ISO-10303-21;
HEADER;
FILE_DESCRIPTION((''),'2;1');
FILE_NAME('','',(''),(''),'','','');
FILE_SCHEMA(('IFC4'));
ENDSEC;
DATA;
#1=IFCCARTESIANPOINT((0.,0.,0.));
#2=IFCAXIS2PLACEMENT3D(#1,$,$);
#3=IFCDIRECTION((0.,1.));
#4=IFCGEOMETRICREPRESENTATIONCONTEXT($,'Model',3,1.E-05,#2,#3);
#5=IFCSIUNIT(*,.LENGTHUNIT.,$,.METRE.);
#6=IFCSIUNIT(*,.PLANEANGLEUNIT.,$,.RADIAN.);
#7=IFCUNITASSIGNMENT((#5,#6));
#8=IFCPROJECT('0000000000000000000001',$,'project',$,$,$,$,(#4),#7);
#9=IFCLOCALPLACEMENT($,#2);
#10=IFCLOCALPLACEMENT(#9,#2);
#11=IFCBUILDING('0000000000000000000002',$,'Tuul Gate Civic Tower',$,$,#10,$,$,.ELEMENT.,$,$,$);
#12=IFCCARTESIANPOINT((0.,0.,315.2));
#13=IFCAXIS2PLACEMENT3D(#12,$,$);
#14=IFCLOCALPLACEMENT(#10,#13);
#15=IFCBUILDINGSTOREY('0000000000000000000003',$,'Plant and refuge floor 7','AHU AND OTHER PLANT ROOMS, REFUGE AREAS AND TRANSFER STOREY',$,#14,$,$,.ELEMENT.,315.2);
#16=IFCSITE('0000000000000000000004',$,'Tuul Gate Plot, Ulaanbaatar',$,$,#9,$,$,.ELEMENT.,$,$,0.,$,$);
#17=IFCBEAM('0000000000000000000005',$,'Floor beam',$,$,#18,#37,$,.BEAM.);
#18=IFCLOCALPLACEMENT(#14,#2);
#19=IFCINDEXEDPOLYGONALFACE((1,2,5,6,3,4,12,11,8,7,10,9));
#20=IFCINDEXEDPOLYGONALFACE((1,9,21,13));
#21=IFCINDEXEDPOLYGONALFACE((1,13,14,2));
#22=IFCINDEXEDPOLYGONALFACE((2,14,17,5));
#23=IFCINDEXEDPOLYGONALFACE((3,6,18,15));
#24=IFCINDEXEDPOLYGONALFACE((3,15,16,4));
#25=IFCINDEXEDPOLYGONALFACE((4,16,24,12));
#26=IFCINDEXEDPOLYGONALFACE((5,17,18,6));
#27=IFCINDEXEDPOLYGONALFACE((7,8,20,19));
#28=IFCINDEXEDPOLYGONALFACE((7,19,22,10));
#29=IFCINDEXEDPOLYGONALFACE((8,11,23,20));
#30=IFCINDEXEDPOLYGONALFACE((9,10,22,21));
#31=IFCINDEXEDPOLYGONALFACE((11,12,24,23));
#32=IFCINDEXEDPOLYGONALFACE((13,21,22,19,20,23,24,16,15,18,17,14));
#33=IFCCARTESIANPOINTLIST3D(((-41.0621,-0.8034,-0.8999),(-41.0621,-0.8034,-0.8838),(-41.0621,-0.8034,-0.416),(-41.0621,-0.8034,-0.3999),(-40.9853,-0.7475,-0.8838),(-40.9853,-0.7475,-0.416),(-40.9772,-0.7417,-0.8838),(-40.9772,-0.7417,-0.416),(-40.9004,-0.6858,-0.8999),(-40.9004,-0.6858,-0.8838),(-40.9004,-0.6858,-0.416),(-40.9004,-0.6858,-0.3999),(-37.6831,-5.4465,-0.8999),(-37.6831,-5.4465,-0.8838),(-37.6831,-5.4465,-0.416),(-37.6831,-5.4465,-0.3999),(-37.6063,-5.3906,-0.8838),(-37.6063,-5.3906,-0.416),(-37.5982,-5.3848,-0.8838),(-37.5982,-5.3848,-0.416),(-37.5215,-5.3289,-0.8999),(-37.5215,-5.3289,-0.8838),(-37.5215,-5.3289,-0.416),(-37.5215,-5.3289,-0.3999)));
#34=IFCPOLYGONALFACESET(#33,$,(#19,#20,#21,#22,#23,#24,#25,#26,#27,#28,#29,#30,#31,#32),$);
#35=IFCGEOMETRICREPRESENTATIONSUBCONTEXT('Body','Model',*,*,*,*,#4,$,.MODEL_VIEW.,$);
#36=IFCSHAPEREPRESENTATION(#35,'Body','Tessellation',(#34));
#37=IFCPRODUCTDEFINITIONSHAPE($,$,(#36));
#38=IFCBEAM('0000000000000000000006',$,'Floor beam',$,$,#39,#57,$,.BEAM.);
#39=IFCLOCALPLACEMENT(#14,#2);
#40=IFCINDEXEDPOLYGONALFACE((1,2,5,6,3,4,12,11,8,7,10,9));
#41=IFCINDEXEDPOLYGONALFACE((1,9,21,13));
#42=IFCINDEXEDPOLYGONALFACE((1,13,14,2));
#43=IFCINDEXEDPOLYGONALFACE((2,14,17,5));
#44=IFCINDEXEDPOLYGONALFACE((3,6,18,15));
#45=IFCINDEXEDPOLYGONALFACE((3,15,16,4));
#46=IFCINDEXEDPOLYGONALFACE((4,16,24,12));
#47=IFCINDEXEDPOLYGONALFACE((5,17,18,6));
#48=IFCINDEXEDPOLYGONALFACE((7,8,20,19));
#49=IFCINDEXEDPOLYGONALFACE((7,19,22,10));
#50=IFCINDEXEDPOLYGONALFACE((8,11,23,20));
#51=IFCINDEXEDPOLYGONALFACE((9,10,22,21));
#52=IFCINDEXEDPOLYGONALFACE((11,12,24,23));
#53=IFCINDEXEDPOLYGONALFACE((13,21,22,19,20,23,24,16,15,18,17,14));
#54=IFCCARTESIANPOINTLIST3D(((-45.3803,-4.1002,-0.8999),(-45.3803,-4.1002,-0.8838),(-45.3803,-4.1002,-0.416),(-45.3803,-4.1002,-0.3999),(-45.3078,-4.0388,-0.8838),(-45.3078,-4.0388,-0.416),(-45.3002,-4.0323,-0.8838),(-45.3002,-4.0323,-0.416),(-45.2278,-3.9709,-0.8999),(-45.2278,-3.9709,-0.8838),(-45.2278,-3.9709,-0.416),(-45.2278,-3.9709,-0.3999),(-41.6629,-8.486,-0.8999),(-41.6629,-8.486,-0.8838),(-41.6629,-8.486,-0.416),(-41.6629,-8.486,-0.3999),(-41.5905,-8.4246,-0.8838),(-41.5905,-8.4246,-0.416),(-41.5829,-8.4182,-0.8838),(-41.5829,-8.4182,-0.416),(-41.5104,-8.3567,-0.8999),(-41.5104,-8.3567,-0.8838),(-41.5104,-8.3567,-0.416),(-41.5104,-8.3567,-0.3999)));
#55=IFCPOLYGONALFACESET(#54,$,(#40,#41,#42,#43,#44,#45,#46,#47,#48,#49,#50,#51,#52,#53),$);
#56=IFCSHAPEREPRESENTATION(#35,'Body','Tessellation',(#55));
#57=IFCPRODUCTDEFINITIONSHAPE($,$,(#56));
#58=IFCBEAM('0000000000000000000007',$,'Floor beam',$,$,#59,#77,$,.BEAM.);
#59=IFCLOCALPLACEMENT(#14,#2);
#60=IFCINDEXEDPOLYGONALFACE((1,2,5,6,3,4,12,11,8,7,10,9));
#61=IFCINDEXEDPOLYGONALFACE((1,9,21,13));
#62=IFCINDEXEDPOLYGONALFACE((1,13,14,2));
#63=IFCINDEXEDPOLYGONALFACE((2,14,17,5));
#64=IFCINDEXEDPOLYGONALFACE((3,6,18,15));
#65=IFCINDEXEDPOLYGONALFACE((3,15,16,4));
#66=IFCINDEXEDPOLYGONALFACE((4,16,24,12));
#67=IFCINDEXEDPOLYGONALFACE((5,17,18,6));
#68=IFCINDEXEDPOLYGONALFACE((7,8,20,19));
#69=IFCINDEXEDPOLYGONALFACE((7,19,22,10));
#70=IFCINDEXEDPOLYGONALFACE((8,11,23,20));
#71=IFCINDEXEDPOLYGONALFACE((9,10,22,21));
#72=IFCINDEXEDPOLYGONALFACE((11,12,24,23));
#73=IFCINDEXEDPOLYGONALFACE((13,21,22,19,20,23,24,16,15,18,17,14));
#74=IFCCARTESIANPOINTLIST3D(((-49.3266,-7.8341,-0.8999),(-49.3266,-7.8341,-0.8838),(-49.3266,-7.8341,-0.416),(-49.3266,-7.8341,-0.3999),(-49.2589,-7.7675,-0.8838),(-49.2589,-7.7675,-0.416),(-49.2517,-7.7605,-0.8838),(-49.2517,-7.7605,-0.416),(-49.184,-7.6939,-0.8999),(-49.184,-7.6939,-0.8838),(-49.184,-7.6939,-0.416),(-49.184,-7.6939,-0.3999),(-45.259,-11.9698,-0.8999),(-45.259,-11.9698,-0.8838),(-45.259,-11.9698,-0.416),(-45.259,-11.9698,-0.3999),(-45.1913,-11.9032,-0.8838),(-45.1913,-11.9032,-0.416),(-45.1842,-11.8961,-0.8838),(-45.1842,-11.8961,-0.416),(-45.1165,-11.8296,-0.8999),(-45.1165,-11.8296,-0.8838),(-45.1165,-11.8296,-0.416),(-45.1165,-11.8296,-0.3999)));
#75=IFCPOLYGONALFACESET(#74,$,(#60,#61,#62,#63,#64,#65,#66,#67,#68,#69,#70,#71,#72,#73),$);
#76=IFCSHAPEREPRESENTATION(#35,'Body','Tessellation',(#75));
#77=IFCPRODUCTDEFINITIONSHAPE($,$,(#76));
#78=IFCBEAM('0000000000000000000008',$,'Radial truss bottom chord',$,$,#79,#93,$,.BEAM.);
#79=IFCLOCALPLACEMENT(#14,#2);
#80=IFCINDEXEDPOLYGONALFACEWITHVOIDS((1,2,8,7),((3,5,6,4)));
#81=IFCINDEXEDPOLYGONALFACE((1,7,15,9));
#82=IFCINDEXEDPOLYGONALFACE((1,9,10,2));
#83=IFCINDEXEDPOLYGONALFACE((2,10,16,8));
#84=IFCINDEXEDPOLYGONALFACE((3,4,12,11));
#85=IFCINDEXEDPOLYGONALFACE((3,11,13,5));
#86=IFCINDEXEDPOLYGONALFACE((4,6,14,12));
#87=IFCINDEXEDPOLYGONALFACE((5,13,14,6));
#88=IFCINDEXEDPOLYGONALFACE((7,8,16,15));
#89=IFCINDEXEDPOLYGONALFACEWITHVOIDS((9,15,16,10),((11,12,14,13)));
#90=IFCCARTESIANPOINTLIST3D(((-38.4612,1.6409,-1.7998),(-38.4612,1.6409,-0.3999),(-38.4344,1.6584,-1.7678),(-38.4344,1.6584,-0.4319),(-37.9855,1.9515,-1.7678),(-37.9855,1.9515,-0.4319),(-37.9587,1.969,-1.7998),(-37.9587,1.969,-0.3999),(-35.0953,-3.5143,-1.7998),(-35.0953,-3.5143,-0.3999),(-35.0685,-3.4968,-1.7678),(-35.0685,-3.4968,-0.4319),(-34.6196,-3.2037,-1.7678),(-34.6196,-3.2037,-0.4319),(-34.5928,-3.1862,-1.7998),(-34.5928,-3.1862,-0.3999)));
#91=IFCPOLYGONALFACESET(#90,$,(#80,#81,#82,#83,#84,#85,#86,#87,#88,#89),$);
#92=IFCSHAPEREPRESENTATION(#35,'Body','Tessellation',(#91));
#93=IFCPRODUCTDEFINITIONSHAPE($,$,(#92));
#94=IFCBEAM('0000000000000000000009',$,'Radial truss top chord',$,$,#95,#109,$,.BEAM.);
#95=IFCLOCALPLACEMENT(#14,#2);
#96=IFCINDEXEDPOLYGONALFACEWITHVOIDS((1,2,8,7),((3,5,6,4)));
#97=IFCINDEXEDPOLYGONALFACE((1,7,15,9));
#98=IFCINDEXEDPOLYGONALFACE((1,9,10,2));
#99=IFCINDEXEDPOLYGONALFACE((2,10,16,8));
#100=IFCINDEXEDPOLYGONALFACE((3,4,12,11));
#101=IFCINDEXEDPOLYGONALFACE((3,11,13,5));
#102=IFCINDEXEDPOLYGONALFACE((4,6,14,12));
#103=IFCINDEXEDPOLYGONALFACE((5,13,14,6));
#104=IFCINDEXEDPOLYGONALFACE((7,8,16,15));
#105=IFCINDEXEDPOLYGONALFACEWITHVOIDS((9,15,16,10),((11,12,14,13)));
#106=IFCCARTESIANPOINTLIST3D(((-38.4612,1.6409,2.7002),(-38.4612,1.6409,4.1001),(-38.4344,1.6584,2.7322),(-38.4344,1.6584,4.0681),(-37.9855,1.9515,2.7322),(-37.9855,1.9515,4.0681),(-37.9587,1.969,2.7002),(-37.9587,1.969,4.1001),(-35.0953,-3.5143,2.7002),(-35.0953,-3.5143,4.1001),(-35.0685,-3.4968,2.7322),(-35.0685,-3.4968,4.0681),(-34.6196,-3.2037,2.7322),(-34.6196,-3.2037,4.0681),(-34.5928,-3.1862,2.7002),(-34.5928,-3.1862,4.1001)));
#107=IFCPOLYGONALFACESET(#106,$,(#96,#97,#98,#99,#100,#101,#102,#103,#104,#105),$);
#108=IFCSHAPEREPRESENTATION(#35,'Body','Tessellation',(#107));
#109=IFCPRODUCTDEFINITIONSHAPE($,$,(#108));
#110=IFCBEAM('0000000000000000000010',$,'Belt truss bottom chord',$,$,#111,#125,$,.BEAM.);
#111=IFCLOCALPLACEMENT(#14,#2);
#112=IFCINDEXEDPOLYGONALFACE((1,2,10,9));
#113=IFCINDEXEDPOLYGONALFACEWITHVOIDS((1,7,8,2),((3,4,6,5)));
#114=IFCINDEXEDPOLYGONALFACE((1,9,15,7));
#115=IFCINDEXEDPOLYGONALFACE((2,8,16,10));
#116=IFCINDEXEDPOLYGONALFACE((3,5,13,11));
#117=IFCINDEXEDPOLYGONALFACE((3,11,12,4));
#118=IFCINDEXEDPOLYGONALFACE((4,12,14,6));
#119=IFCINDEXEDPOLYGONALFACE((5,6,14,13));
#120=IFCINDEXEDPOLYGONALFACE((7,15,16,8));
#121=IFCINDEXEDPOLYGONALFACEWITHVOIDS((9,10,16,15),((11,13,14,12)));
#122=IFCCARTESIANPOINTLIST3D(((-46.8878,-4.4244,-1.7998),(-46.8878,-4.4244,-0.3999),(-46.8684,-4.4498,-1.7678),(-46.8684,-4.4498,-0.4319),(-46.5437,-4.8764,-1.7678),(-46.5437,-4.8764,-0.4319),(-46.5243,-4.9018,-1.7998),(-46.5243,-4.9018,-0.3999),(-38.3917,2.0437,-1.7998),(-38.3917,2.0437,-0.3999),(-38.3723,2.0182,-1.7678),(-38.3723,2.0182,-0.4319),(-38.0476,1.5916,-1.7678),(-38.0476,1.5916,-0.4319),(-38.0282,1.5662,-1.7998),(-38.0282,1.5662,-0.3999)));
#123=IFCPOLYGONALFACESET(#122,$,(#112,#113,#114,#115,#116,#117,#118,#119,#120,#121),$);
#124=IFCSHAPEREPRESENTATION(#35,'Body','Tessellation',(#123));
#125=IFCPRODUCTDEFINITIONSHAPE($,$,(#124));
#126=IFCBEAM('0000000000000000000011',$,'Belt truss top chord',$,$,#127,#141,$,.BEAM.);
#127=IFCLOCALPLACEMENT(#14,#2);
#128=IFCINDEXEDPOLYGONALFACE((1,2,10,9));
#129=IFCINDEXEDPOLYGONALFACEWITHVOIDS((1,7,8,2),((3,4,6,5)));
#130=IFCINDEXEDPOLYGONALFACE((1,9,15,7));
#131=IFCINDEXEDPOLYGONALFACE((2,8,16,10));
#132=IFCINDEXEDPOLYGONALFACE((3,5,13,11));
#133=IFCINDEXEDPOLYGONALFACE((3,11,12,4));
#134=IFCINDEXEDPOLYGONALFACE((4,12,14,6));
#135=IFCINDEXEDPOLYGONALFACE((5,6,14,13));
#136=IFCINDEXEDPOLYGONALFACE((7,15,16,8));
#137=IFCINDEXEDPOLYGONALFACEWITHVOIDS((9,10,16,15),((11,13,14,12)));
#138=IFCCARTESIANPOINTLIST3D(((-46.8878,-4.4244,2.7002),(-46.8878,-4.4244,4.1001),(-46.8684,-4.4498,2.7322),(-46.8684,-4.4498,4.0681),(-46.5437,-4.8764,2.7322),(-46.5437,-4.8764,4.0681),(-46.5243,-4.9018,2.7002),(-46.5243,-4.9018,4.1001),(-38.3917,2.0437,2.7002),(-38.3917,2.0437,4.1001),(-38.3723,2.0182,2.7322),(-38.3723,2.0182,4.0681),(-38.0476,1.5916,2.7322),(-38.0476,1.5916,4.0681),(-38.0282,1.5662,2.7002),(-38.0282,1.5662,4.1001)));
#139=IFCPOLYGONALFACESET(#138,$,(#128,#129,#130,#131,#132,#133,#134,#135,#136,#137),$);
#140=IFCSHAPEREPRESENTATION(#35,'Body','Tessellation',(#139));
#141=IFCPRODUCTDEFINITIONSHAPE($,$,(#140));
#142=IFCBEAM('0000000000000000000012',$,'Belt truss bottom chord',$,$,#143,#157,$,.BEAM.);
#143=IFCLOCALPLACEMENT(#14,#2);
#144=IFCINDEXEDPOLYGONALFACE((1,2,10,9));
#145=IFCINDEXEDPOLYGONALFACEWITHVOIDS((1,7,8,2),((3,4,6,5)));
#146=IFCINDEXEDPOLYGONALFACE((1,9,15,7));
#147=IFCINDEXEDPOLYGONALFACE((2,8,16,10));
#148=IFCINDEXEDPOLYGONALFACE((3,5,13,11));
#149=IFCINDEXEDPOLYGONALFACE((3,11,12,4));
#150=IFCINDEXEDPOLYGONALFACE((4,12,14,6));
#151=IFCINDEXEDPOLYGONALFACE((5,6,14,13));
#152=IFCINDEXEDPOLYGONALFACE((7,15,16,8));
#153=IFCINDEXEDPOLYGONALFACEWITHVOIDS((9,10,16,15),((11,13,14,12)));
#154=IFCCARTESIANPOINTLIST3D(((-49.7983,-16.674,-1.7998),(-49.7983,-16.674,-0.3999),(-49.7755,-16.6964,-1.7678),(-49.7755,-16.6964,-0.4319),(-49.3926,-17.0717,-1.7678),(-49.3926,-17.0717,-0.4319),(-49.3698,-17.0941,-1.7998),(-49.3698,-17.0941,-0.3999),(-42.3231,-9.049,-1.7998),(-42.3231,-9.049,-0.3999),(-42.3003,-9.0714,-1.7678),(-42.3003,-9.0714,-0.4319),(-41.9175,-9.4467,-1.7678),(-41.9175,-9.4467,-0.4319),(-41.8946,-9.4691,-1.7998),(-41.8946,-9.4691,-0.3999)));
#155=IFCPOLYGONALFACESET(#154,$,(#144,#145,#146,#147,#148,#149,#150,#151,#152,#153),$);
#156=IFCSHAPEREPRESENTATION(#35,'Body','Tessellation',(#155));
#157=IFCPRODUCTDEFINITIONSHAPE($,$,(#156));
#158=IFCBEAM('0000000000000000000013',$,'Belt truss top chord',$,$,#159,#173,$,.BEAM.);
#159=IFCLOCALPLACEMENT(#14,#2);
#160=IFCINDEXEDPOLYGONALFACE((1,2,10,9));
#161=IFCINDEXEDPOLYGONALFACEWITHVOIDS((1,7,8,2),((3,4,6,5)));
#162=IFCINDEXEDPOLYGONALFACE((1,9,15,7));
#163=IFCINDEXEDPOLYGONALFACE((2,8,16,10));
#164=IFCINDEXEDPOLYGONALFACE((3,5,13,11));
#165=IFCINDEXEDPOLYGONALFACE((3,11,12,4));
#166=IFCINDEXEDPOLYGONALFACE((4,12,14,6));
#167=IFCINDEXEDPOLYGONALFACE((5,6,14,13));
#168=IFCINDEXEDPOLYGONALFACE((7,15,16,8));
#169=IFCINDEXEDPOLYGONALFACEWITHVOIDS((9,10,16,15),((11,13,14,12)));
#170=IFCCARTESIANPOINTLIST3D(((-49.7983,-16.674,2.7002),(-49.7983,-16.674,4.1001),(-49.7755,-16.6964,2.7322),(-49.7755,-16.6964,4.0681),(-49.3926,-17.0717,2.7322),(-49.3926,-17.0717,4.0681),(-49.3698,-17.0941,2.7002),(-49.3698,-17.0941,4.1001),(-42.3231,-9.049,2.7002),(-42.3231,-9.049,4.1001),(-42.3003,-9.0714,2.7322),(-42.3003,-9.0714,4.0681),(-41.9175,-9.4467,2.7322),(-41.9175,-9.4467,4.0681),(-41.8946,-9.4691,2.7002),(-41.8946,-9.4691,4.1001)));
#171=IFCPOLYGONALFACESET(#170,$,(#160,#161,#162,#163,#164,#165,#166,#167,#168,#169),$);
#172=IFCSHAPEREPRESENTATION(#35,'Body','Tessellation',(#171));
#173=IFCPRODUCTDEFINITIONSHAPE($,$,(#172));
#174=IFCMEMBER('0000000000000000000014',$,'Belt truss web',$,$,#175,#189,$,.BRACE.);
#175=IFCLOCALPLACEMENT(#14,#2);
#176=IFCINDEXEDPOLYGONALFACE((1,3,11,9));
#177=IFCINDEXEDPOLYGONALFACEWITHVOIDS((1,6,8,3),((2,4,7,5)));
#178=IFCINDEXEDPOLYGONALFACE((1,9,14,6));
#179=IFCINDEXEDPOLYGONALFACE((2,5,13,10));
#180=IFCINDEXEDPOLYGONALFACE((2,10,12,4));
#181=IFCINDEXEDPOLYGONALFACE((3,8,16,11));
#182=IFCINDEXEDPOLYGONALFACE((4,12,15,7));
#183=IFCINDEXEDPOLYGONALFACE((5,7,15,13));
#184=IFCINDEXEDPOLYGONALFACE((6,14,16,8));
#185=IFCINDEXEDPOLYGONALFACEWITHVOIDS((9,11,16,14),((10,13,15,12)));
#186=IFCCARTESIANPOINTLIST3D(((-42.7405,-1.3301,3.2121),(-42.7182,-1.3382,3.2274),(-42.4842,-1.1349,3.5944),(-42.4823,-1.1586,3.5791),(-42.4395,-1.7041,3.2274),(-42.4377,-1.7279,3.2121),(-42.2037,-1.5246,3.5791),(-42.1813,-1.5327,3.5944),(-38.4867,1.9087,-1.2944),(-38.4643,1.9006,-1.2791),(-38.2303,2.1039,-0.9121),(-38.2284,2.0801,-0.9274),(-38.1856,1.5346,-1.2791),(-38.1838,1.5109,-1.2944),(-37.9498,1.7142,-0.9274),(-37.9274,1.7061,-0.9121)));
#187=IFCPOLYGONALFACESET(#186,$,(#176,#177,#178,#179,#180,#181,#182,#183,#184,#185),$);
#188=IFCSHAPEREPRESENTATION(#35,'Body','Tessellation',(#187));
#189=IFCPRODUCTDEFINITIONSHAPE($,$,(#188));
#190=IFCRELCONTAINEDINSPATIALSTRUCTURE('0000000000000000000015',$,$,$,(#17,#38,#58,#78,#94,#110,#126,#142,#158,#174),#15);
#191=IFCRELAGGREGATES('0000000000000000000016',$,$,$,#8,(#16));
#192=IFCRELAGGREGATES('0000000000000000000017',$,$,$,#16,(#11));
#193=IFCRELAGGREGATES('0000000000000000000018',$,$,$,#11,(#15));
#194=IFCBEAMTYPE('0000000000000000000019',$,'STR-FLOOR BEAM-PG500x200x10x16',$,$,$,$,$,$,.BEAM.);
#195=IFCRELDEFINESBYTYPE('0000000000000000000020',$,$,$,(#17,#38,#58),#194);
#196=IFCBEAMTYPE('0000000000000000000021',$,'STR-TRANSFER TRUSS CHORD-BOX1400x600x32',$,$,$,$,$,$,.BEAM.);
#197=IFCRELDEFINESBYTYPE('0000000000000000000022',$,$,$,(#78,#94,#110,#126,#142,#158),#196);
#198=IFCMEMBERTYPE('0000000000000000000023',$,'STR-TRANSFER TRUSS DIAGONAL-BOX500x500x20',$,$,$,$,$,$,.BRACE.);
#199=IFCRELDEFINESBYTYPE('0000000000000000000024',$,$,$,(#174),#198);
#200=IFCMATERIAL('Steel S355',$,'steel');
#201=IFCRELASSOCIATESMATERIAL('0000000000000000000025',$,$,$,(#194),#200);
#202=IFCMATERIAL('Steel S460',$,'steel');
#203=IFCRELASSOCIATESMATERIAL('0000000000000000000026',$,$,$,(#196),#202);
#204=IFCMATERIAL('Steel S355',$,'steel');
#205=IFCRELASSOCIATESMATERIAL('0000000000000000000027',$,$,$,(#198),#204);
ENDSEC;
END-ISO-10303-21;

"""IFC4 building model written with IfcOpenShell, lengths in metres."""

from ifc_helpers import new_model, si_unit, direction, frame, origin, origin_2d, place, context, subcontext, project, spatial, hollow_rectangle, i_section, extrude, material, material_profile, profile_set, type_object, element, save


model = new_model("IFC4")

# Units and contexts
model_context = context("Model", 3, precision=1e-05, world=origin(), true_north=direction((0.0, 1.0)))
body_context = subcontext(model_context, "Body", "Model", "MODEL_VIEW")
ifc_project = project(units=[si_unit("LENGTHUNIT", "METRE"), si_unit("PLANEANGLEUNIT", "RADIAN")], contexts=[model_context])

# Site, building, storey
site_placement = place(None, origin())
site = spatial("IfcSite", under=ifc_project, at=site_placement, Name="Tuul Gate Plot, Ulaanbaatar", CompositionType="ELEMENT", RefElevation=0.0)
building_placement = place(site_placement, origin())
building = spatial("IfcBuilding", under=site, at=building_placement, Name="Tuul Gate Civic Tower", CompositionType="ELEMENT")
storey_placement = place(building_placement, frame((0.0, 0.0, 315.2)))
storey = spatial("IfcBuildingStorey", under=building, at=storey_placement, Name="Plant and refuge floor 7", Description="AHU AND OTHER PLANT ROOMS, REFUGE AREAS AND TRANSFER STOREY", CompositionType="ELEMENT", Elevation=315.2)

# Beams
ifc_material_1 = material(Name="Steel S355", Category="steel")
ifc_material_profile_1 = material_profile(ifc_material_1, i_section(OverallWidth=0.2, OverallDepth=0.5, WebThickness=0.01, FlangeThickness=0.0161, at=origin_2d()), Name="PG500x200x10x16")
ifc_profile_set_1 = profile_set([ifc_material_profile_1], Name="Steel S355")
beam_type_1 = type_object("IfcBeamType", Name="STR-FLOOR BEAM-PG500x200x10x16", PredefinedType="BEAM", material=ifc_profile_set_1)
beam_1_placement = place(storey_placement, frame((-37.6023, -5.3877, -0.6499), z_axis=(-0.588414, 0.80856, 0.0), x_axis=(-0.80856, -0.588414, 0.0)))
element("IfcBeam", 1, at=beam_1_placement, inside=storey, type_object=beam_type_1, Name="Floor beam", PredefinedType="BEAM", context=body_context, shape_type="SweptSolid", body=[
    extrude(i_section(OverallWidth=0.2, OverallDepth=0.5, WebThickness=0.01, FlangeThickness=0.0161, at=origin_2d()), origin(), (0.0, 0.0, 1.0), 5.7424),
])
beam_2_placement = place(storey_placement, frame((-41.5867, -8.4214, -0.6499), z_axis=(-0.646578, 0.762848, 0.0), x_axis=(-0.762848, -0.646578, 0.0)))
element("IfcBeam", 2, at=beam_2_placement, inside=storey, type_object=beam_type_1, Name="Floor beam", PredefinedType="BEAM", context=body_context, shape_type="SweptSolid", body=[
    extrude(i_section(OverallWidth=0.2, OverallDepth=0.5, WebThickness=0.01, FlangeThickness=0.0161, at=origin_2d()), origin(), (0.0, 0.0, 1.0), 5.7493),
])
beam_3_placement = place(storey_placement, frame((-45.1877, -11.8997, -0.6499), z_axis=(-0.701211, 0.712954, 0.0), x_axis=(-0.712954, -0.701211, 0.0)))
element("IfcBeam", 3, at=beam_3_placement, inside=storey, type_object=beam_type_1, Name="Floor beam", PredefinedType="BEAM", context=body_context, shape_type="SweptSolid", body=[
    extrude(i_section(OverallWidth=0.2, OverallDepth=0.5, WebThickness=0.01, FlangeThickness=0.0161, at=origin_2d()), origin(), (0.0, 0.0, 1.0), 5.8008),
])
ifc_material_2 = material(Name="Steel S460", Category="steel")
ifc_material_profile_2 = material_profile(ifc_material_2, hollow_rectangle(XDim=0.6001, YDim=1.3999, WallThickness=0.032, at=origin_2d()), Name="BOX1400x600x32")
ifc_profile_set_2 = profile_set([ifc_material_profile_2], Name="Steel S460")
beam_type_2 = type_object("IfcBeamType", Name="STR-TRANSFER TRUSS CHORD-BOX1400x600x32", PredefinedType="BEAM", material=ifc_profile_set_2)
for number, where, z_axis, x_axis, name in (
    (4, (-38.21, 1.8049, -1.0999), (0.546704, -0.837326, 0.0), (0.837326, 0.546704, 0.0), "Radial truss bottom chord"),
    (5, (-38.21, 1.8049, 3.4001), (0.546704, -0.837326, 0.0), (0.837326, 0.546704, 0.0), "Radial truss top chord"),
):
    element("IfcBeam", number, at=place(storey_placement, frame(where, z_axis=z_axis, x_axis=x_axis)), inside=storey, type_object=beam_type_2, Name=name, PredefinedType="BEAM", context=body_context, shape_type="SweptSolid", body=[
        extrude(hollow_rectangle(XDim=0.6001, YDim=1.3999, WallThickness=0.032, at=origin_2d()), origin(), (0.0, 0.0, 1.0), 6.1567),
    ])
for number, where, z_axis, x_axis, name in (
    (6, (-38.21, 1.8049, -1.0999), (-0.795666, -0.605735, 0.0), (0.605735, -0.795666, 0.0), "Belt truss bottom chord"),
    (7, (-38.21, 1.8049, 3.4001), (-0.795666, -0.605735, 0.0), (0.605735, -0.795666, 0.0), "Belt truss top chord"),
    (8, (-42.1089, -9.259, -1.0999), (-0.700053, -0.714091, 0.0), (0.714091, -0.700053, 0.0), "Belt truss bottom chord"),
    (9, (-42.1089, -9.259, 3.4001), (-0.700053, -0.714091, 0.0), (0.714091, -0.700053, 0.0), "Belt truss top chord"),
):
    element("IfcBeam", number, at=place(storey_placement, frame(where, z_axis=z_axis, x_axis=x_axis)), inside=storey, type_object=beam_type_2, Name=name, PredefinedType="BEAM", context=body_context, shape_type="SweptSolid", body=[
        extrude(hollow_rectangle(XDim=0.6001, YDim=1.3999, WallThickness=0.032, at=origin_2d()), origin(), (0.0, 0.0, 1.0), 10.678),
    ])

# Member
ifc_material_3 = material(Name="Steel S355", Category="steel")
ifc_material_profile_3 = material_profile(ifc_material_3, hollow_rectangle(XDim=0.5, YDim=0.5, WallThickness=0.02, at=origin_2d()), Name="BOX500x500x20")
ifc_profile_set_3 = profile_set([ifc_material_profile_3], Name="Steel S355")
member_type_1 = type_object("IfcMemberType", Name="STR-TRANSFER TRUSS DIAGONAL-BOX500x500x20", PredefinedType="BRACE", material=ifc_profile_set_3)
member_1_placement = place(storey_placement, frame((-38.207, 1.8074, -1.1033), z_axis=(-0.608355, -0.463179, 0.644492), x_axis=(0.605771, -0.795639, 0.0)))
element("IfcMember", 10, at=member_1_placement, inside=storey, type_object=member_type_1, Name="Belt truss web", PredefinedType="BRACE", context=body_context, shape_type="SweptSolid", body=[
    extrude(hollow_rectangle(XDim=0.5, YDim=0.5, WallThickness=0.02, at=origin_2d()), origin(), (0.0, 0.0, 1.0), 6.9924),
])

save(model, "model.ifc")
